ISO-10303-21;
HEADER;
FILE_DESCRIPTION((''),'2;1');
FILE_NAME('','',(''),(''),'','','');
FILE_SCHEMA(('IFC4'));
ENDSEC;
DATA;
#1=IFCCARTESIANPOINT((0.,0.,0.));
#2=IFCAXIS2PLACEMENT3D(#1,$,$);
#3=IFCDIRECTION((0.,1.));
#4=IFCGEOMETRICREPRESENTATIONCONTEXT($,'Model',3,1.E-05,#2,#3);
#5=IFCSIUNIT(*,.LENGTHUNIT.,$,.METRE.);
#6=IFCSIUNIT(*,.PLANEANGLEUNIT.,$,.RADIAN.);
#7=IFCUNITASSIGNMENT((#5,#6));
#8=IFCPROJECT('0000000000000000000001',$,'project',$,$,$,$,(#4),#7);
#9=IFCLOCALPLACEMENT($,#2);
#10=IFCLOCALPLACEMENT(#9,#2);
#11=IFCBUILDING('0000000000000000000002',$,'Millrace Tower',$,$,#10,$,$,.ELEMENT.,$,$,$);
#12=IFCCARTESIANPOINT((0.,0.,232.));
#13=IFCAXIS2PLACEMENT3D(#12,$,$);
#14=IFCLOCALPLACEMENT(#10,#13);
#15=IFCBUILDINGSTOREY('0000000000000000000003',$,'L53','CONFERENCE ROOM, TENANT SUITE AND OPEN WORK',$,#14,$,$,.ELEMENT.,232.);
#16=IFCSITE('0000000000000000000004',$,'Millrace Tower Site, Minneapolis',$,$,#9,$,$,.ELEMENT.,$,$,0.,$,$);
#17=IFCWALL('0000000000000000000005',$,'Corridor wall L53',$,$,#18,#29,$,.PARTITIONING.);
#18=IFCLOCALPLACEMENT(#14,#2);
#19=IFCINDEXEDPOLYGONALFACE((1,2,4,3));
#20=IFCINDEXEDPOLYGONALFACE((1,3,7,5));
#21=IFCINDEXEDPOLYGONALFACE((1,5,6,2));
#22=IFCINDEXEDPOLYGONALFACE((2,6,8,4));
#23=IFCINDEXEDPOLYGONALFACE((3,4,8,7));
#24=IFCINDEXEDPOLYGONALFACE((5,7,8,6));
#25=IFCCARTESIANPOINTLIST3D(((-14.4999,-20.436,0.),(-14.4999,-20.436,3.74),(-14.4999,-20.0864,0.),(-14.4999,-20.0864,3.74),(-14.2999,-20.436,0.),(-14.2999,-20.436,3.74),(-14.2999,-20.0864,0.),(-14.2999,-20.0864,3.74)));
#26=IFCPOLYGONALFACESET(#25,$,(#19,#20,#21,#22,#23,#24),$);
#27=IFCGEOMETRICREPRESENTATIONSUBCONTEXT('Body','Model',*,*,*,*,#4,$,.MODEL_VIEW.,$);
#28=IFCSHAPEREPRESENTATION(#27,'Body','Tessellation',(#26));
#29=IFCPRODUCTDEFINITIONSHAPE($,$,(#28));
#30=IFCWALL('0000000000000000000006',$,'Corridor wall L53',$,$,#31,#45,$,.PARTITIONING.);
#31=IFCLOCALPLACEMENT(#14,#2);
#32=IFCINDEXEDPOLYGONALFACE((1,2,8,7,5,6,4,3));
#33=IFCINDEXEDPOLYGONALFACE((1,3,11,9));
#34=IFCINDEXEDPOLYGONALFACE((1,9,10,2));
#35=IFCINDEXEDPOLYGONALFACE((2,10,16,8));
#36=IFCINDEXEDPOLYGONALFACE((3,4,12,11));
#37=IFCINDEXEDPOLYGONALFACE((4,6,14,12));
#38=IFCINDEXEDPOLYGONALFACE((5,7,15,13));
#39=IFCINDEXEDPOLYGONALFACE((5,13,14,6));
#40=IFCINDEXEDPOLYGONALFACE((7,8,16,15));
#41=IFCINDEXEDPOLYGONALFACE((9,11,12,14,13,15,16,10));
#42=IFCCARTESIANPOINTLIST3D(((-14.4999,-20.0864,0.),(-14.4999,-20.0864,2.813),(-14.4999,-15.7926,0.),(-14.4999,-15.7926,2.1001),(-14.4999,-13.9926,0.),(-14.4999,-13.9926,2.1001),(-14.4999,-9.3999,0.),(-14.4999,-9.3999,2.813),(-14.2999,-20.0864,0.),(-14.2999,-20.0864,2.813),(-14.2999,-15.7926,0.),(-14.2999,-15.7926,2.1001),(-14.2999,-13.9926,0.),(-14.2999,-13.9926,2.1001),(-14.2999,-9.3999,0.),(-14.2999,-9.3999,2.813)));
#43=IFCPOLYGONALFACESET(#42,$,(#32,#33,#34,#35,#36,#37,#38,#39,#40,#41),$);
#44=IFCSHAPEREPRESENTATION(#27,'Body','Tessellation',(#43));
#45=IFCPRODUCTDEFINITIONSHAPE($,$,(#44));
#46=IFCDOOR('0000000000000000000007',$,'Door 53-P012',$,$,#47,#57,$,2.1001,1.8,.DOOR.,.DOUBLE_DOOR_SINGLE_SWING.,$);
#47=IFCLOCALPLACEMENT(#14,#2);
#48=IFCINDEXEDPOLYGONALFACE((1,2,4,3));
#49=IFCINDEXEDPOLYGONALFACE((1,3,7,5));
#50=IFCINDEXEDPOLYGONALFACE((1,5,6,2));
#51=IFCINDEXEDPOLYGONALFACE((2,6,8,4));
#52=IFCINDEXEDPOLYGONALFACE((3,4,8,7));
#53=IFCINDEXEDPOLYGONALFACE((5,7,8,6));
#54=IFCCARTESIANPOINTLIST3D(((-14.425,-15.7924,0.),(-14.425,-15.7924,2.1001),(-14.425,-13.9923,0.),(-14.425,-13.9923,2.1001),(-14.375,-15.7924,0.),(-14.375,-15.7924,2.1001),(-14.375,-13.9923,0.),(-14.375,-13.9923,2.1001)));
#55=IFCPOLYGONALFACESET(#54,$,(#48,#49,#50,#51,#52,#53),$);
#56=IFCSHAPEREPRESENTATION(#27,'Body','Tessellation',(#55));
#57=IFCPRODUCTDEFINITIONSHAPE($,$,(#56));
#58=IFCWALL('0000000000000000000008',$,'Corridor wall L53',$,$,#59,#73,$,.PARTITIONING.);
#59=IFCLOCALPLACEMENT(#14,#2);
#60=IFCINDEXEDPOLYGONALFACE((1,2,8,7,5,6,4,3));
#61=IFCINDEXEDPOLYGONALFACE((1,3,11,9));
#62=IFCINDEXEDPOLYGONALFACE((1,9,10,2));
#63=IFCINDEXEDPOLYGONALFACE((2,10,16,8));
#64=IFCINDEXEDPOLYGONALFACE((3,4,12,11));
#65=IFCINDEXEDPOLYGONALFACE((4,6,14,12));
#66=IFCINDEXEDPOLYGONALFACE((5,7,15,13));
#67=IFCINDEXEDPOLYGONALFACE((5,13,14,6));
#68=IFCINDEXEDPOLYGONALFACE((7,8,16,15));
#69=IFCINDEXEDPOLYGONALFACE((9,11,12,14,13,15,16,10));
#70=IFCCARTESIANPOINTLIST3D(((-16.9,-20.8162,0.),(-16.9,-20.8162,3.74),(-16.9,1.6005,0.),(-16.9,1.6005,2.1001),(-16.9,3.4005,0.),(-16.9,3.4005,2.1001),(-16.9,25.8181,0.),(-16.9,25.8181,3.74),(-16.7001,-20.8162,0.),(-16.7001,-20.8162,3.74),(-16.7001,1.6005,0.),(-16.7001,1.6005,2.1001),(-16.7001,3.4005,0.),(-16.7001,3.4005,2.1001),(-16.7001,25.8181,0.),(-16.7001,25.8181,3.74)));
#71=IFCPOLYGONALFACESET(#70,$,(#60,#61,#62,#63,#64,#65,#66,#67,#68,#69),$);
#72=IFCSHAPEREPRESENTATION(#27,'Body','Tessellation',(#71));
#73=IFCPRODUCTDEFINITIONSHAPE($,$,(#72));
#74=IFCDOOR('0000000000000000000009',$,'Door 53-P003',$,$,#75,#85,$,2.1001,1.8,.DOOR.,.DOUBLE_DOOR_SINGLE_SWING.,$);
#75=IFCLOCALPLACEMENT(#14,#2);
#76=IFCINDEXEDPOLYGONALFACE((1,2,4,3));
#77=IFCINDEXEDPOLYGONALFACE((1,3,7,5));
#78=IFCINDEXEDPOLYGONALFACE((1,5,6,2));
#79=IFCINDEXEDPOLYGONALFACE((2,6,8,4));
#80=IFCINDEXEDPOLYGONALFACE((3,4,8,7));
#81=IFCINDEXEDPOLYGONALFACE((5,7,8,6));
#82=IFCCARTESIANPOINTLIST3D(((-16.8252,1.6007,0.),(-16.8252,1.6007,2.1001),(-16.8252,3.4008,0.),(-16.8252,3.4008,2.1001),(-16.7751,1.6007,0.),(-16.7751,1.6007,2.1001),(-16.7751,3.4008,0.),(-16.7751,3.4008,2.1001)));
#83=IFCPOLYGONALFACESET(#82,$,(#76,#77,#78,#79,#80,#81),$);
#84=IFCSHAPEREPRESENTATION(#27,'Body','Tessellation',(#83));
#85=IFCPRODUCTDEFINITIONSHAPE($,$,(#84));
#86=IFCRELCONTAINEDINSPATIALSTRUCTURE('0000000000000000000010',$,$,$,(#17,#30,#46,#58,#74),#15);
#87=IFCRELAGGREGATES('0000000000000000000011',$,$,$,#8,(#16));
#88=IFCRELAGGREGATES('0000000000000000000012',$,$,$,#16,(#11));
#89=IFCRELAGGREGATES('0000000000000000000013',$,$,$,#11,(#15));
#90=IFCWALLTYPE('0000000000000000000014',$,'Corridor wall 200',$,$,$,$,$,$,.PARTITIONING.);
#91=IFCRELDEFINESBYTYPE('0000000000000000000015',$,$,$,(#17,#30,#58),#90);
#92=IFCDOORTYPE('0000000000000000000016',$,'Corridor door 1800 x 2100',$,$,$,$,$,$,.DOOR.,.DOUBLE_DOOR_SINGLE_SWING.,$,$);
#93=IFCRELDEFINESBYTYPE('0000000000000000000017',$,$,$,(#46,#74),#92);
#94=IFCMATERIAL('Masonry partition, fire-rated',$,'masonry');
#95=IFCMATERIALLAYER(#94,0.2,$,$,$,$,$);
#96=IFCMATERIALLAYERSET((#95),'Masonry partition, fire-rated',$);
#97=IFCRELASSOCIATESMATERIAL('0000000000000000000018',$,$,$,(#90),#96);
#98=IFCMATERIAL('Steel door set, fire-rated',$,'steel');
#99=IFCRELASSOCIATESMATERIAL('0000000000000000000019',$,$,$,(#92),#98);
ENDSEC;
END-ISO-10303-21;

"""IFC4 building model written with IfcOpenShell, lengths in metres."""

from ifc_helpers import new_model, si_unit, direction, frame, frame_2d, origin, place, context, subcontext, project, spatial, rectangle, extrude, material, layer, layer_set, type_object, element, fill, save


model = new_model("IFC4")

# Units and contexts
model_context = context("Model", 3, precision=1e-05, world=origin(), true_north=direction((0.0, 1.0)))
body_context = subcontext(model_context, "Body", "Model", "MODEL_VIEW")
ifc_project = project(units=[si_unit("LENGTHUNIT", "METRE"), si_unit("PLANEANGLEUNIT", "RADIAN")], contexts=[model_context])

# Site, building, storey
site_placement = place(None, origin())
site = spatial("IfcSite", under=ifc_project, at=site_placement, Name="Millrace Tower Site, Minneapolis", CompositionType="ELEMENT", RefElevation=0.0)
building_placement = place(site_placement, origin())
building = spatial("IfcBuilding", under=site, at=building_placement, Name="Millrace Tower", CompositionType="ELEMENT")
storey_placement = place(building_placement, frame((0.0, 0.0, 232.0)))
storey = spatial("IfcBuildingStorey", under=building, at=storey_placement, Name="L53", Description="CONFERENCE ROOM, TENANT SUITE AND OPEN WORK", CompositionType="ELEMENT", Elevation=232.0)

# Wall
ifc_material_1 = material(Name="Masonry partition, fire-rated", Category="masonry")
ifc_layer_1 = layer(ifc_material_1, 0.2)
ifc_layer_set_1 = layer_set([ifc_layer_1], Name="Masonry partition, fire-rated")
wall_type = type_object("IfcWallType", Name="Corridor wall 200", PredefinedType="PARTITIONING", material=ifc_layer_set_1)
wall_1_placement = place(storey_placement, frame((-14.3999, -20.436, 0.0), z_axis=(0.0, 0.0, 1.0), x_axis=(0.0, 1.0, 0.0)))
element("IfcWall", 1, at=wall_1_placement, inside=storey, type_object=wall_type, Name="Corridor wall L53", PredefinedType="PARTITIONING", context=body_context, shape_type="SweptSolid", body=[
    extrude(rectangle(XDim=0.3496, YDim=0.2, at=frame_2d((0.1748, 0.0))), origin(), (0.0, 0.0, 1.0), 3.74),
])

# Walls, openings, doors
wall_2_placement = place(storey_placement, frame((-14.3999, -20.0864, 0.0), z_axis=(0.0, 0.0, 1.0), x_axis=(0.0, 1.0, 0.0)))
wall_2 = element("IfcWall", 2, at=wall_2_placement, inside=storey, type_object=wall_type, Name="Corridor wall L53", PredefinedType="PARTITIONING", context=body_context, shape_type="SweptSolid", body=[
    extrude(rectangle(XDim=10.6865, YDim=0.2, at=frame_2d((5.3433, 0.0))), origin(), (0.0, 0.0, 1.0), 2.813),
])
opening_1_placement = place(wall_2_placement, frame((4.2939, 0.0, 0.0)))
opening_1 = element("IfcOpeningElement", 3, at=opening_1_placement, cuts=wall_2, PredefinedType="OPENING", context=body_context, shape_type="SweptSolid", body=[
    extrude(rectangle(XDim=1.8, YDim=2.1001, at=frame_2d((0.8999, 1.05))), frame((0.0, 0.1099, 0.0), z_axis=(0.0, -1.0, 0.0), x_axis=(1.0, 0.0, 0.0)), (0.0, 0.0, 1.0), 0.22),
])
ifc_material_2 = material(Name="Steel door set, fire-rated", Category="steel")
door_type = type_object("IfcDoorType", Name="Corridor door 1800 x 2100", OperationType="DOUBLE_DOOR_SINGLE_SWING", PredefinedType="DOOR", material=ifc_material_2)
door_1_placement = place(opening_1_placement, frame((1.8, 0.0, 0.0), z_axis=(0.0, 0.0, 1.0), x_axis=(-1.0, 0.0, 0.0)))
door_1 = element("IfcDoor", 4, at=door_1_placement, inside=storey, type_object=door_type, Name="Door 53-P012", OperationType="DOUBLE_DOOR_SINGLE_SWING", OverallHeight=2.1001, OverallWidth=1.8, PredefinedType="DOOR", context=body_context, shape_type="SweptSolid", body=[
    extrude(rectangle(XDim=1.8, YDim=2.1001, at=frame_2d((0.8999, 1.05))), frame((0.0, 0.0249, 0.0), z_axis=(0.0, -1.0, 0.0), x_axis=(1.0, 0.0, 0.0)), (0.0, 0.0, 1.0), 0.05),
])
fill(opening_1, door_1)
wall_3_placement = place(storey_placement, frame((-16.8, -20.8162, 0.0), z_axis=(0.0, 0.0, 1.0), x_axis=(0.0, 1.0, 0.0)))
wall_3 = element("IfcWall", 5, at=wall_3_placement, inside=storey, type_object=wall_type, Name="Corridor wall L53", PredefinedType="PARTITIONING", context=body_context, shape_type="SweptSolid", body=[
    extrude(rectangle(XDim=46.6343, YDim=0.2, at=frame_2d((23.3171, 0.0))), origin(), (0.0, 0.0, 1.0), 3.74),
])
opening_2_placement = place(wall_3_placement, frame((22.4167, 0.0, 0.0)))
opening_2 = element("IfcOpeningElement", 6, at=opening_2_placement, cuts=wall_3, PredefinedType="OPENING", context=body_context, shape_type="SweptSolid", body=[
    extrude(rectangle(XDim=1.8, YDim=2.1001, at=frame_2d((0.8999, 1.05))), frame((0.0, 0.1099, 0.0), z_axis=(0.0, -1.0, 0.0), x_axis=(1.0, 0.0, 0.0)), (0.0, 0.0, 1.0), 0.22),
])
door_2_placement = place(opening_2_placement, frame((1.8, 0.0, 0.0), z_axis=(0.0, 0.0, 1.0), x_axis=(-1.0, 0.0, 0.0)))
door_2 = element("IfcDoor", 7, at=door_2_placement, inside=storey, type_object=door_type, Name="Door 53-P003", OperationType="DOUBLE_DOOR_SINGLE_SWING", OverallHeight=2.1001, OverallWidth=1.8, PredefinedType="DOOR", context=body_context, shape_type="SweptSolid", body=[
    extrude(rectangle(XDim=1.8, YDim=2.1001, at=frame_2d((0.8999, 1.05))), frame((0.0, 0.0249, 0.0), z_axis=(0.0, -1.0, 0.0), x_axis=(1.0, 0.0, 0.0)), (0.0, 0.0, 1.0), 0.05),
])
fill(opening_2, door_2)

save(model, "model.ifc")
